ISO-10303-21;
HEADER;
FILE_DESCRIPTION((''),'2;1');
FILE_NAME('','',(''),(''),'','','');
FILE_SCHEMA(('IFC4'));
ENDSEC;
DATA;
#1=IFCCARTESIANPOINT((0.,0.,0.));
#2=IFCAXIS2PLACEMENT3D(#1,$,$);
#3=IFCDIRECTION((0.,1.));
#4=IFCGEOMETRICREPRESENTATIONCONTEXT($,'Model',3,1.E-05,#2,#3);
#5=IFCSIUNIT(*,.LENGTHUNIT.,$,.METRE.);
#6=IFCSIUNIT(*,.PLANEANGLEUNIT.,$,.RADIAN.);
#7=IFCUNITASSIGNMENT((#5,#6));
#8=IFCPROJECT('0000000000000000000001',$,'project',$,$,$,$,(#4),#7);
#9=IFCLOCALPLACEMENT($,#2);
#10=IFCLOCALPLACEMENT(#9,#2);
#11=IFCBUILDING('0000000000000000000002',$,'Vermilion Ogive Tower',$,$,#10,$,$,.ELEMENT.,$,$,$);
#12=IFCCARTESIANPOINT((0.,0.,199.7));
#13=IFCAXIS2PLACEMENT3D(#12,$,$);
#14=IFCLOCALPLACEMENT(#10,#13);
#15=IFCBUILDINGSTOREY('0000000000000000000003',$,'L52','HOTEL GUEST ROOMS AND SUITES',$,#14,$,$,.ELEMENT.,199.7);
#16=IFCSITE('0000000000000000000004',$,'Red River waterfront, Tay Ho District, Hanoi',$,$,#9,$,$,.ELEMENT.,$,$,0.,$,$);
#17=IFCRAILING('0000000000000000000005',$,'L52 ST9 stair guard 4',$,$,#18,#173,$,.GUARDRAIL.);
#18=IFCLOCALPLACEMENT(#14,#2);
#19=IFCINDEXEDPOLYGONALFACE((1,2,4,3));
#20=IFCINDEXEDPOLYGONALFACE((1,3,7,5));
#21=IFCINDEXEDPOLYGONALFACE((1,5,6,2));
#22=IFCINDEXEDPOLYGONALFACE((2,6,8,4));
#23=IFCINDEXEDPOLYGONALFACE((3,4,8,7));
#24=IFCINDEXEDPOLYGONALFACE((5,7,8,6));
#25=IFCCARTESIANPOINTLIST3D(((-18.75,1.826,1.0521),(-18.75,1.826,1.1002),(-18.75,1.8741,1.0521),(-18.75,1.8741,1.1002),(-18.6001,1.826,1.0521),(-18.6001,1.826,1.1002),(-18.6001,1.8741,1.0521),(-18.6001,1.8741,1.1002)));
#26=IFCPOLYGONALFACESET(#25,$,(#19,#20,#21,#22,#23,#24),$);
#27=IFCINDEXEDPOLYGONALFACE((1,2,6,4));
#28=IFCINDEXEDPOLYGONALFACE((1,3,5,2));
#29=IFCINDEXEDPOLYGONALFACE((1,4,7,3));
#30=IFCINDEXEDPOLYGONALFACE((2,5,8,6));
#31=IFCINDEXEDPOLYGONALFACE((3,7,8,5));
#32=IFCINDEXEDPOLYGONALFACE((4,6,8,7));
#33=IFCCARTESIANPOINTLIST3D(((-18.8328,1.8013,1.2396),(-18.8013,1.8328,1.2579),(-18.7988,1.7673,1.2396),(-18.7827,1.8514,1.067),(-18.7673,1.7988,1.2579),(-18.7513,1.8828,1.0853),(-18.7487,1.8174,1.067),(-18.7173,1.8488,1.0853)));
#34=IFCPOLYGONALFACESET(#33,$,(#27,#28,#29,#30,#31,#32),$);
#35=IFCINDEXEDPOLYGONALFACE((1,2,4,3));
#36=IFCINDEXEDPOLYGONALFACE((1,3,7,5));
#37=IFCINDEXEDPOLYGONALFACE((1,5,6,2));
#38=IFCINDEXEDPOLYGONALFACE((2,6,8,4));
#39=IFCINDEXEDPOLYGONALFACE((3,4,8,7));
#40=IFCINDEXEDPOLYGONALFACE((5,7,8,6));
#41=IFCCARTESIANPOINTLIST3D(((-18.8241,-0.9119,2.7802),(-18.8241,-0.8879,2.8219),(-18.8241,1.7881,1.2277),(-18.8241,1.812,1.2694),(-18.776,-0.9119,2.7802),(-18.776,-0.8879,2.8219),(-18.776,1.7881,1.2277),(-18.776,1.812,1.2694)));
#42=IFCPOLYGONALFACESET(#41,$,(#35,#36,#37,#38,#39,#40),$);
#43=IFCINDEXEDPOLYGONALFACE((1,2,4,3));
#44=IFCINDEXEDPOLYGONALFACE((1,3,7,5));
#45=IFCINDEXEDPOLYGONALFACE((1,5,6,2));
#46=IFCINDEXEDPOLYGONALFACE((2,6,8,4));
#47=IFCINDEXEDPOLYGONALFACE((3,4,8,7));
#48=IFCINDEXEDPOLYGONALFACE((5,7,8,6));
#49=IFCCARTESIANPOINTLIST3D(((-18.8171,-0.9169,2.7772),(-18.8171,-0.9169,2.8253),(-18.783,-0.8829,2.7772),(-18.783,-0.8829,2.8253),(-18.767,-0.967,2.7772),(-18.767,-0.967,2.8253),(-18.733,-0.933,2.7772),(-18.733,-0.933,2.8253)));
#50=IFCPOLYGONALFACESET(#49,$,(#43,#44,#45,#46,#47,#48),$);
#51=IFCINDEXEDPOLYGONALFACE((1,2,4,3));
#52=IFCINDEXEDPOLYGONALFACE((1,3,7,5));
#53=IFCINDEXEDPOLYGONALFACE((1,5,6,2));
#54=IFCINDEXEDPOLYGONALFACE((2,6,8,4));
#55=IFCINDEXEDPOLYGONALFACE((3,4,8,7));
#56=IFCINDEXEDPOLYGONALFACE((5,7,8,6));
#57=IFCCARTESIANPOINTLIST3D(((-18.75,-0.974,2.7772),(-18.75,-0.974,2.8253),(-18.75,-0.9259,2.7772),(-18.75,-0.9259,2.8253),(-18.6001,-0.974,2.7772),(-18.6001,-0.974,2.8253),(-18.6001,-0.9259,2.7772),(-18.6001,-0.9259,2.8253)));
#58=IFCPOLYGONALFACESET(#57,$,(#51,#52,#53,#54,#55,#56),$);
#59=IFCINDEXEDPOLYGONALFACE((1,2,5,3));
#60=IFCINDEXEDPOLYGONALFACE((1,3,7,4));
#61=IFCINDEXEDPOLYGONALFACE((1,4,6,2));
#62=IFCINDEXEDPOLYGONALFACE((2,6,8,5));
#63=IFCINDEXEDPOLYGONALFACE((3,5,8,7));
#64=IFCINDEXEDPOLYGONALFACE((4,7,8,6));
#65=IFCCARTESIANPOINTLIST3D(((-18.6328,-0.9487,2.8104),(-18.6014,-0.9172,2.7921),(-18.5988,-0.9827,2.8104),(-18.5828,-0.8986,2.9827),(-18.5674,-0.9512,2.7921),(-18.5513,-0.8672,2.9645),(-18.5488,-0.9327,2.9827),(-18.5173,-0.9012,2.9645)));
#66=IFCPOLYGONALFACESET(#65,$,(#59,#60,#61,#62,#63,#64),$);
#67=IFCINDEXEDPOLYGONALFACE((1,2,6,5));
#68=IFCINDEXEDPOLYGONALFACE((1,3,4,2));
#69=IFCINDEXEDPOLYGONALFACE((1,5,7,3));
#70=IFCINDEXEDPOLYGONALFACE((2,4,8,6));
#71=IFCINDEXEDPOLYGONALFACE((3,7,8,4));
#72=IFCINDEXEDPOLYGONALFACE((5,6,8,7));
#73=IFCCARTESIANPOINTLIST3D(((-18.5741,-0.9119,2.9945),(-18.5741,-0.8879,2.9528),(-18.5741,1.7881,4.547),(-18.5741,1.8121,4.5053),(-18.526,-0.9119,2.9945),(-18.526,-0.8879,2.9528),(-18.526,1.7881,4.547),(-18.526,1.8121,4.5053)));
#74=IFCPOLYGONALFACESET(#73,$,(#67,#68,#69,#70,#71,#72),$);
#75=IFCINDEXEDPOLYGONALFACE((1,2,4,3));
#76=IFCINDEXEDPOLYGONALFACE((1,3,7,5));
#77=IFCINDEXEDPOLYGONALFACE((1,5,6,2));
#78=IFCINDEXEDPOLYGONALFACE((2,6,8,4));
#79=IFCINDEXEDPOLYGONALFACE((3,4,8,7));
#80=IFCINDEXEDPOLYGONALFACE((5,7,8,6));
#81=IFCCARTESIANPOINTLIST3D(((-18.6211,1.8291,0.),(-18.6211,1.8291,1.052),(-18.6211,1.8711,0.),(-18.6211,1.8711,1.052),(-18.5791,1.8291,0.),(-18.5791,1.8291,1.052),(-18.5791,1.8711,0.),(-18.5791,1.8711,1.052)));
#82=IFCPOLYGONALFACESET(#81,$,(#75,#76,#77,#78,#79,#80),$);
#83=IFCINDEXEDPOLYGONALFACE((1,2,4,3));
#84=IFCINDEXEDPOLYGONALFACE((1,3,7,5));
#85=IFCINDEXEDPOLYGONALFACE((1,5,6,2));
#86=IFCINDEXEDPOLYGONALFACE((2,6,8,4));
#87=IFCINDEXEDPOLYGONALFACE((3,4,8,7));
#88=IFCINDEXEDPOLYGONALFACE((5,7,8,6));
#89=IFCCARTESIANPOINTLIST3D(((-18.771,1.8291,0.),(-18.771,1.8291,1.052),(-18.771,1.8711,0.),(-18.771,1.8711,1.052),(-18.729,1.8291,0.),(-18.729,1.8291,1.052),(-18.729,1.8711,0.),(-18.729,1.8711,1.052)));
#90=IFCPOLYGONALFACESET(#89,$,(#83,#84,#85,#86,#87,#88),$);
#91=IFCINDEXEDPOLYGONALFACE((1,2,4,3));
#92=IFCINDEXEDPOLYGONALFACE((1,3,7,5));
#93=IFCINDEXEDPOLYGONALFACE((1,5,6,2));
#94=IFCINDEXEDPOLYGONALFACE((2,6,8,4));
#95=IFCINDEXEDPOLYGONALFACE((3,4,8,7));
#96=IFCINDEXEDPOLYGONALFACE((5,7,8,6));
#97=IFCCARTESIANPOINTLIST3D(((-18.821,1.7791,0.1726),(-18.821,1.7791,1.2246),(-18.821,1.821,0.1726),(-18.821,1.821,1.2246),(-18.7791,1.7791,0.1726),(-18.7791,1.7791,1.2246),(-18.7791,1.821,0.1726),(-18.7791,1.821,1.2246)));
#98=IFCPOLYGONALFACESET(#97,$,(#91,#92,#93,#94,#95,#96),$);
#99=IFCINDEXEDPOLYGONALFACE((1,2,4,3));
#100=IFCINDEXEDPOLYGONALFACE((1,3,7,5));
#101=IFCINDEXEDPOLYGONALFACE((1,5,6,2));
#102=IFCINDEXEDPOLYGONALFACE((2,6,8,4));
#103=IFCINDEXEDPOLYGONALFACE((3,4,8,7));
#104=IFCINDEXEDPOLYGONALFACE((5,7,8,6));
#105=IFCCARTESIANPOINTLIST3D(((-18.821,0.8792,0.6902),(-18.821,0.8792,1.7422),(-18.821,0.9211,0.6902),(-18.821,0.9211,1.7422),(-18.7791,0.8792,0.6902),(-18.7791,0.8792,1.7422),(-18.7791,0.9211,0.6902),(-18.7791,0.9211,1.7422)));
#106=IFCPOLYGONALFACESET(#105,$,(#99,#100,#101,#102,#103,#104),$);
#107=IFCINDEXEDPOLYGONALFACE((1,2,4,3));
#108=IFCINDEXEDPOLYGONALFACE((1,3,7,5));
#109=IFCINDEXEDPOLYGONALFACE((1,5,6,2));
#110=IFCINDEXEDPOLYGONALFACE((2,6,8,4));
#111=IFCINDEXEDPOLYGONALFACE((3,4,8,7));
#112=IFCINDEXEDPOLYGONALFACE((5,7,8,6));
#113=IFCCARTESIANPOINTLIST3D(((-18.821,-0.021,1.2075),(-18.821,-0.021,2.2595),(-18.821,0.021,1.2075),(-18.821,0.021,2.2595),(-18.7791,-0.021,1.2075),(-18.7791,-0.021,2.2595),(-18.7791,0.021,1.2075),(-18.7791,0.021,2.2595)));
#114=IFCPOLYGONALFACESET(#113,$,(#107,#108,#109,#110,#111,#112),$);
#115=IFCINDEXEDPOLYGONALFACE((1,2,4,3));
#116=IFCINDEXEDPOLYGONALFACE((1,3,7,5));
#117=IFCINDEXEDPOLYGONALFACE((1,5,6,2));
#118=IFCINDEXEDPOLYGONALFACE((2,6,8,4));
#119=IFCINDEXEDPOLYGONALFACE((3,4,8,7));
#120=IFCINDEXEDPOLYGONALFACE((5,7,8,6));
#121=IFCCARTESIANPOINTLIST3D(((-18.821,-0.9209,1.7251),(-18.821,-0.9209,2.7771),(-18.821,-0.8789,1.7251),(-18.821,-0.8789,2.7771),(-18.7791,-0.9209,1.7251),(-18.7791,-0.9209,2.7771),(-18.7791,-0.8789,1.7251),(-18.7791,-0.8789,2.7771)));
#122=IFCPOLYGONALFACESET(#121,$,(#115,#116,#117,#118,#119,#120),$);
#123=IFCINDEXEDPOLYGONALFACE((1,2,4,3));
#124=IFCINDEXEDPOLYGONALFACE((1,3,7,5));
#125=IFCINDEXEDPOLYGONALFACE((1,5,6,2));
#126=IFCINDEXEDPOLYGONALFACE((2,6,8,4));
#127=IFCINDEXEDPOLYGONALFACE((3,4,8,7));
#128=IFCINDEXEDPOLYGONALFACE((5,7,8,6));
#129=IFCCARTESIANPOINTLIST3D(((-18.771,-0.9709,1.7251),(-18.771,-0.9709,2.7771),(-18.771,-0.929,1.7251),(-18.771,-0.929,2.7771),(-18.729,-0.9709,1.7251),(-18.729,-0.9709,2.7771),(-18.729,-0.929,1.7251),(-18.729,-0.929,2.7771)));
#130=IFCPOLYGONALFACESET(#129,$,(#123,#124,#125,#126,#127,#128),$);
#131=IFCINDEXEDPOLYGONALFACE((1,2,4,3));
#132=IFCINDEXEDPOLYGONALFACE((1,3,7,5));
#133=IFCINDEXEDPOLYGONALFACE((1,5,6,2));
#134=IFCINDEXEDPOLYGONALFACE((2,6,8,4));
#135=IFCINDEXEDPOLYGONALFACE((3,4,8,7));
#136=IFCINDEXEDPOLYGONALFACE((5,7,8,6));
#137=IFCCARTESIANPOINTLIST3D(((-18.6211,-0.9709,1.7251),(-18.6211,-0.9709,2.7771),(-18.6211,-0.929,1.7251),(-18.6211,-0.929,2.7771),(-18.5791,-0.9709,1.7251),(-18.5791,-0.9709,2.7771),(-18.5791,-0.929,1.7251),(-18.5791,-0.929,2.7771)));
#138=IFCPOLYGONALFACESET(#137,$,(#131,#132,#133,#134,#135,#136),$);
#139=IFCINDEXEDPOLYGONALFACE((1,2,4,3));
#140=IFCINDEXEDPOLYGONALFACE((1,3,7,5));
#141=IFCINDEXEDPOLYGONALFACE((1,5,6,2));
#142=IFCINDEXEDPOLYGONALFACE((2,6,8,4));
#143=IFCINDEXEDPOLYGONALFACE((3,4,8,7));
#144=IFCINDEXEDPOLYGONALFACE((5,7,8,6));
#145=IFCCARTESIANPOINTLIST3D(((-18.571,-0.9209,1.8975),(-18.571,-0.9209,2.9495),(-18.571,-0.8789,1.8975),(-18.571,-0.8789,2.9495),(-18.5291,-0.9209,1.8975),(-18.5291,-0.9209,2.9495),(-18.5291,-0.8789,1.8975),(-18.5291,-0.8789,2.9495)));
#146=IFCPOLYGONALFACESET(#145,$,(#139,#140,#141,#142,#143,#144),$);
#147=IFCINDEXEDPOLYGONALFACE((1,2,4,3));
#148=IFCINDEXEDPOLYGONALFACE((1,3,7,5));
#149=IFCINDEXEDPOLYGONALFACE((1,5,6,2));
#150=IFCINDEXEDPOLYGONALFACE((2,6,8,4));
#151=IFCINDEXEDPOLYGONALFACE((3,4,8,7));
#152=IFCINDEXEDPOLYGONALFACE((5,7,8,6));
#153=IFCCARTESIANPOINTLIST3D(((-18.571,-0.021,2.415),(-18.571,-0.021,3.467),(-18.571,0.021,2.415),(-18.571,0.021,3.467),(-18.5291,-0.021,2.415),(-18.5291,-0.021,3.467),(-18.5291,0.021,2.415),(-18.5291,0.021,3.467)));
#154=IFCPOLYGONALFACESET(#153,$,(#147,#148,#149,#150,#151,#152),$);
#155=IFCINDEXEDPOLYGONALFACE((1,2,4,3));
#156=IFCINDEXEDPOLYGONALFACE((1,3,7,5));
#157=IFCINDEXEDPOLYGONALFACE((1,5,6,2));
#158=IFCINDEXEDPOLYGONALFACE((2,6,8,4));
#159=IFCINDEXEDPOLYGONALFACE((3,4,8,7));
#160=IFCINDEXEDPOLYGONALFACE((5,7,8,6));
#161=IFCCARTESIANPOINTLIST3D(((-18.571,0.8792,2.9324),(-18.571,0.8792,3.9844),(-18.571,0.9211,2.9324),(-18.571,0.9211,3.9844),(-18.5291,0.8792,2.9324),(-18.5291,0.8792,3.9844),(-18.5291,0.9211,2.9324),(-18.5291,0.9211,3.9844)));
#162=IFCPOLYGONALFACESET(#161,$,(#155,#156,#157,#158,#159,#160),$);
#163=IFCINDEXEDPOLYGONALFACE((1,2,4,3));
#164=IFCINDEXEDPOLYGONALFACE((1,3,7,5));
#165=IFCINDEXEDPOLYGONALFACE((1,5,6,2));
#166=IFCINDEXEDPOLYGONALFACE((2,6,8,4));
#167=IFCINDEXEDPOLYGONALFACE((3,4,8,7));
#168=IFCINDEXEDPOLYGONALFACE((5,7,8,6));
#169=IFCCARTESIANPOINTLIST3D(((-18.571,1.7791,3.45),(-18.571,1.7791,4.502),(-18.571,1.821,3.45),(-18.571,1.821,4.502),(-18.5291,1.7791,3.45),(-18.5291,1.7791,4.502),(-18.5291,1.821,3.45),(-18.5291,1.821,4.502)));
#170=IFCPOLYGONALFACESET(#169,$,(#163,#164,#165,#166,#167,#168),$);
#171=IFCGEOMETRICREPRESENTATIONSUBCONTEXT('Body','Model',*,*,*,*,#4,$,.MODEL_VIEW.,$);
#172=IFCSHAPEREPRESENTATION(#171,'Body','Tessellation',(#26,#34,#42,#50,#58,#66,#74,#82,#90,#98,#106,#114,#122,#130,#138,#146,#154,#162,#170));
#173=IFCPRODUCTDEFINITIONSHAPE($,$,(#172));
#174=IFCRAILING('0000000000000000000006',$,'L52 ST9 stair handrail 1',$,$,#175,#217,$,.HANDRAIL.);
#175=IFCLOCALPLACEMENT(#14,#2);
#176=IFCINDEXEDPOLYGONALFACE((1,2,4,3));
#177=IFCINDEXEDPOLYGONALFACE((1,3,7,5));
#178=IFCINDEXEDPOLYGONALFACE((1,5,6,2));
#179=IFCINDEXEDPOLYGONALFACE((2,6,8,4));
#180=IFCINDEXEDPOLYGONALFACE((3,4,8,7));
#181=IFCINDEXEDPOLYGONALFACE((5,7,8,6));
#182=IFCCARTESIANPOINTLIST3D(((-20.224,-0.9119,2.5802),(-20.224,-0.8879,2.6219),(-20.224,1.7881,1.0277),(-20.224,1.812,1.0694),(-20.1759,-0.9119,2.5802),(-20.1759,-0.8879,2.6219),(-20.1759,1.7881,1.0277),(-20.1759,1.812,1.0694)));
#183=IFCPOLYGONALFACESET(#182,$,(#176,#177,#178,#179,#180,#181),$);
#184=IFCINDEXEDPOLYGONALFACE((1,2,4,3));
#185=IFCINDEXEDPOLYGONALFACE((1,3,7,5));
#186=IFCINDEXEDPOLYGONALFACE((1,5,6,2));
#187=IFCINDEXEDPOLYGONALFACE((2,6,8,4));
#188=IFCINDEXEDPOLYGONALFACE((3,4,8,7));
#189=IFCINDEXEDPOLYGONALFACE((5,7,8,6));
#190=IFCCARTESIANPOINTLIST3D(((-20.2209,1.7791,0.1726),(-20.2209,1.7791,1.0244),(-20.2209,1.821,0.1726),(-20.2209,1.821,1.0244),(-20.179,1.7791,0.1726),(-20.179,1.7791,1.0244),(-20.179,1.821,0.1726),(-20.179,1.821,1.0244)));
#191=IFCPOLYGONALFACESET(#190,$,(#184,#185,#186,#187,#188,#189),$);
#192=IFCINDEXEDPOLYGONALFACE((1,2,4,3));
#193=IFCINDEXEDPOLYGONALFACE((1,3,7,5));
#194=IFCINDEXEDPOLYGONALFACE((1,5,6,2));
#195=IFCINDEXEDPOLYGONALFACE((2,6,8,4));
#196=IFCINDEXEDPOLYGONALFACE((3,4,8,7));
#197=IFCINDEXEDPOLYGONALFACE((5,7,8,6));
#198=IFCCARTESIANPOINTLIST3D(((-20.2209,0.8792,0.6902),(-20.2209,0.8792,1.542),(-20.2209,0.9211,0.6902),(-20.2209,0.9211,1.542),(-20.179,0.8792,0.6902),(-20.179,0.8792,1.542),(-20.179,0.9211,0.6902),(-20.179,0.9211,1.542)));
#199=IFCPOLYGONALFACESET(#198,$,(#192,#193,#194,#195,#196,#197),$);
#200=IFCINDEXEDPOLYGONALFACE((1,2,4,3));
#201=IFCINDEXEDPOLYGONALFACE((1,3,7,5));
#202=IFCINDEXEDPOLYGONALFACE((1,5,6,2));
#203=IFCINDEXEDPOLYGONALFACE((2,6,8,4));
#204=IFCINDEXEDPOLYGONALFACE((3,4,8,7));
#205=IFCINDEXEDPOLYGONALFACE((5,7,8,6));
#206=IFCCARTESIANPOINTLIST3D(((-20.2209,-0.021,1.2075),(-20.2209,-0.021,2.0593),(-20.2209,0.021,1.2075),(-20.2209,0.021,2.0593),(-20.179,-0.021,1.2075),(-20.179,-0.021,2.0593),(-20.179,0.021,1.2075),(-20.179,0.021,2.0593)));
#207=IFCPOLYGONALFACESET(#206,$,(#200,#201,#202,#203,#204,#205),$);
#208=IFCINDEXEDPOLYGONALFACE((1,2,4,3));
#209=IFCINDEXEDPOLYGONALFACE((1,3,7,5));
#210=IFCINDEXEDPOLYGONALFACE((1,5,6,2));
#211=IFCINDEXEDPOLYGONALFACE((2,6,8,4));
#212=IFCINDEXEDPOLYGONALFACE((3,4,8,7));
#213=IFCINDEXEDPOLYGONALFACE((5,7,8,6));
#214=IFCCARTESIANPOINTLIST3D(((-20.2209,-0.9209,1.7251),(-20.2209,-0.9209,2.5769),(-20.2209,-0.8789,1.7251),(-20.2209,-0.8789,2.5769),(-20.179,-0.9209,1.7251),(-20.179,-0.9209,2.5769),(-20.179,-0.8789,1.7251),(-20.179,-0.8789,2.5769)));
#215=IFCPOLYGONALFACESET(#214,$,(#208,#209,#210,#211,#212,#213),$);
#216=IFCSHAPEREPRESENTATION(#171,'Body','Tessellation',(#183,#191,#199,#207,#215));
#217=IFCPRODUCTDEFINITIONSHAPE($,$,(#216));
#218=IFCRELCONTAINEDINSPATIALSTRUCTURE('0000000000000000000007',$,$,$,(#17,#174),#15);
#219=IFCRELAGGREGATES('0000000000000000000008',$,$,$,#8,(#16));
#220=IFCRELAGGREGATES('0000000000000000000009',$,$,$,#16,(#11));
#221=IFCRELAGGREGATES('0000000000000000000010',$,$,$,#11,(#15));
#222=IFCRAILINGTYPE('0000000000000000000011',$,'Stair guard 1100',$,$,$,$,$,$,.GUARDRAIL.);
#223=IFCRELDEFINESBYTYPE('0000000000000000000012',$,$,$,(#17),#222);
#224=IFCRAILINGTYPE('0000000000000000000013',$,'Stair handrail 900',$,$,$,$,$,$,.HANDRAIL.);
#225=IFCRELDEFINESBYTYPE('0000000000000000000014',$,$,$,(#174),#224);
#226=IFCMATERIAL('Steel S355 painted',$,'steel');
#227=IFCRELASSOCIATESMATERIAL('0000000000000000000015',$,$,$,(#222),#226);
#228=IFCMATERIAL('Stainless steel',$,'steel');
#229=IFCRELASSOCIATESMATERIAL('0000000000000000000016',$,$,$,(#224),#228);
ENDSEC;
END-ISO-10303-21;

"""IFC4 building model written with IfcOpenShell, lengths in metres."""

from ifc_helpers import new_model, si_unit, direction, frame, origin, origin_2d, place, context, subcontext, project, spatial, rectangle, extrude, material, type_object, element, save


model = new_model("IFC4")

# Units and contexts
model_context = context("Model", 3, precision=1e-05, world=origin(), true_north=direction((0.0, 1.0)))
body_context = subcontext(model_context, "Body", "Model", "MODEL_VIEW")
ifc_project = project(units=[si_unit("LENGTHUNIT", "METRE"), si_unit("PLANEANGLEUNIT", "RADIAN")], contexts=[model_context])

# Site, building, storey
site_placement = place(None, origin())
site = spatial("IfcSite", under=ifc_project, at=site_placement, Name="Red River waterfront, Tay Ho District, Hanoi", CompositionType="ELEMENT", RefElevation=0.0)
building_placement = place(site_placement, origin())
building = spatial("IfcBuilding", under=site, at=building_placement, Name="Vermilion Ogive Tower", CompositionType="ELEMENT")
storey_placement = place(building_placement, frame((0.0, 0.0, 199.7)))
storey = spatial("IfcBuildingStorey", under=building, at=storey_placement, Name="L52", Description="HOTEL GUEST ROOMS AND SUITES", CompositionType="ELEMENT", Elevation=199.7)

# Railings
ifc_material_1 = material(Name="Steel S355 painted", Category="steel")
railing_type_1 = type_object("IfcRailingType", Name="Stair guard 1100", PredefinedType="GUARDRAIL", material=ifc_material_1)
railing_1_placement = place(storey_placement, frame((-18.6001, 1.8501, 0.0)))
element("IfcRailing", 1, at=railing_1_placement, inside=storey, type_object=railing_type_1, Name="L52 ST9 stair guard 4", PredefinedType="GUARDRAIL", context=body_context, shape_type="SweptSolid", body=[
    extrude(rectangle(XDim=0.0481, YDim=0.0481, at=origin_2d()), frame((0.0, 0.0, 1.0762), z_axis=(-1.0, 0.0, 0.0), x_axis=(0.0, -1.0, 0.0)), (0.0, 0.0, 1.0), 0.1499),
    extrude(rectangle(XDim=0.0481, YDim=0.0481, at=origin_2d()), frame((-0.1499, 0.0, 1.0762), z_axis=(-0.268278, -0.268278, 0.925232), x_axis=(0.707107, -0.707107, 0.0)), (0.0, 0.0, 1.0), 0.1865),
    extrude(rectangle(XDim=0.0481, YDim=0.0481, at=origin_2d()), frame((-0.2, -0.05, 1.2485), z_axis=(0.0, -0.866904, 0.498476), x_axis=(1.0, 0.0, 0.0)), (0.0, 0.0, 1.0), 3.1145),
    extrude(rectangle(XDim=0.0481, YDim=0.0481, at=origin_2d()), frame((-0.2, -2.75, 2.8013), z_axis=(0.707107, -0.707107, 0.0), x_axis=(0.707107, 0.707107, 0.0)), (0.0, 0.0, 1.0), 0.0708),
    extrude(rectangle(XDim=0.0481, YDim=0.0481, at=origin_2d()), frame((-0.1499, -2.8, 2.8013), z_axis=(1.0, 0.0, 0.0), x_axis=(0.0, 1.0, 0.0)), (0.0, 0.0, 1.0), 0.1499),
    extrude(rectangle(XDim=0.0481, YDim=0.0481, at=origin_2d()), frame((0.0, -2.8, 2.8013), z_axis=(0.268603, 0.268603, 0.925043), x_axis=(-0.707107, 0.707107, 0.0)), (0.0, 0.0, 1.0), 0.1863),
    extrude(rectangle(XDim=0.0481, YDim=0.0481, at=origin_2d()), frame((0.05, -2.75, 2.9736), z_axis=(0.0, 0.866904, 0.498476), x_axis=(-1.0, 0.0, 0.0)), (0.0, 0.0, 1.0), 3.1145),
    extrude(rectangle(XDim=0.042, YDim=0.042, at=origin_2d()), origin(), (0.0, 0.0, 1.0), 1.052),
    extrude(rectangle(XDim=0.042, YDim=0.042, at=origin_2d()), frame((-0.1499, 0.0, 0.0)), (0.0, 0.0, 1.0), 1.052),
    extrude(rectangle(XDim=0.042, YDim=0.042, at=origin_2d()), frame((-0.2, -0.05, 0.1726)), (0.0, 0.0, 1.0), 1.052),
    extrude(rectangle(XDim=0.042, YDim=0.042, at=origin_2d()), frame((-0.2, -0.95, 0.6902)), (0.0, 0.0, 1.0), 1.052),
    extrude(rectangle(XDim=0.042, YDim=0.042, at=origin_2d()), frame((-0.2, -1.8501, 1.2075)), (0.0, 0.0, 1.0), 1.052),
    extrude(rectangle(XDim=0.042, YDim=0.042, at=origin_2d()), frame((-0.2, -2.75, 1.7251)), (0.0, 0.0, 1.0), 1.052),
    extrude(rectangle(XDim=0.042, YDim=0.042, at=origin_2d()), frame((-0.1499, -2.8, 1.7251)), (0.0, 0.0, 1.0), 1.052),
    extrude(rectangle(XDim=0.042, YDim=0.042, at=origin_2d()), frame((0.0, -2.8, 1.7251)), (0.0, 0.0, 1.0), 1.052),
    extrude(rectangle(XDim=0.042, YDim=0.042, at=origin_2d()), frame((0.05, -2.75, 1.8975)), (0.0, 0.0, 1.0), 1.052),
    extrude(rectangle(XDim=0.042, YDim=0.042, at=origin_2d()), frame((0.05, -1.8501, 2.415)), (0.0, 0.0, 1.0), 1.052),
    extrude(rectangle(XDim=0.042, YDim=0.042, at=origin_2d()), frame((0.05, -0.95, 2.9324)), (0.0, 0.0, 1.0), 1.052),
    extrude(rectangle(XDim=0.042, YDim=0.042, at=origin_2d()), frame((0.05, -0.05, 3.45)), (0.0, 0.0, 1.0), 1.052),
])
ifc_material_2 = material(Name="Stainless steel", Category="steel")
railing_type_2 = type_object("IfcRailingType", Name="Stair handrail 900", PredefinedType="HANDRAIL", material=ifc_material_2)
railing_2_placement = place(storey_placement, frame((-20.2, 1.8, 0.1726)))
element("IfcRailing", 2, at=railing_2_placement, inside=storey, type_object=railing_type_2, Name="L52 ST9 stair handrail 1", PredefinedType="HANDRAIL", context=body_context, shape_type="SweptSolid", body=[
    extrude(rectangle(XDim=0.0481, YDim=0.0481, at=origin_2d()), frame((0.0, 0.0, 0.876), z_axis=(0.0, -0.866904, 0.498476), x_axis=(1.0, 0.0, 0.0)), (0.0, 0.0, 1.0), 3.1145),
    extrude(rectangle(XDim=0.042, YDim=0.042, at=origin_2d()), origin(), (0.0, 0.0, 1.0), 0.8518),
    extrude(rectangle(XDim=0.042, YDim=0.042, at=origin_2d()), frame((0.0, -0.8999, 0.5176)), (0.0, 0.0, 1.0), 0.8518),
    extrude(rectangle(XDim=0.042, YDim=0.042, at=origin_2d()), frame((0.0, -1.8, 1.0349)), (0.0, 0.0, 1.0), 0.8518),
    extrude(rectangle(XDim=0.042, YDim=0.042, at=origin_2d()), frame((0.0, -2.7, 1.5525)), (0.0, 0.0, 1.0), 0.8518),
])

save(model, "model.ifc")
